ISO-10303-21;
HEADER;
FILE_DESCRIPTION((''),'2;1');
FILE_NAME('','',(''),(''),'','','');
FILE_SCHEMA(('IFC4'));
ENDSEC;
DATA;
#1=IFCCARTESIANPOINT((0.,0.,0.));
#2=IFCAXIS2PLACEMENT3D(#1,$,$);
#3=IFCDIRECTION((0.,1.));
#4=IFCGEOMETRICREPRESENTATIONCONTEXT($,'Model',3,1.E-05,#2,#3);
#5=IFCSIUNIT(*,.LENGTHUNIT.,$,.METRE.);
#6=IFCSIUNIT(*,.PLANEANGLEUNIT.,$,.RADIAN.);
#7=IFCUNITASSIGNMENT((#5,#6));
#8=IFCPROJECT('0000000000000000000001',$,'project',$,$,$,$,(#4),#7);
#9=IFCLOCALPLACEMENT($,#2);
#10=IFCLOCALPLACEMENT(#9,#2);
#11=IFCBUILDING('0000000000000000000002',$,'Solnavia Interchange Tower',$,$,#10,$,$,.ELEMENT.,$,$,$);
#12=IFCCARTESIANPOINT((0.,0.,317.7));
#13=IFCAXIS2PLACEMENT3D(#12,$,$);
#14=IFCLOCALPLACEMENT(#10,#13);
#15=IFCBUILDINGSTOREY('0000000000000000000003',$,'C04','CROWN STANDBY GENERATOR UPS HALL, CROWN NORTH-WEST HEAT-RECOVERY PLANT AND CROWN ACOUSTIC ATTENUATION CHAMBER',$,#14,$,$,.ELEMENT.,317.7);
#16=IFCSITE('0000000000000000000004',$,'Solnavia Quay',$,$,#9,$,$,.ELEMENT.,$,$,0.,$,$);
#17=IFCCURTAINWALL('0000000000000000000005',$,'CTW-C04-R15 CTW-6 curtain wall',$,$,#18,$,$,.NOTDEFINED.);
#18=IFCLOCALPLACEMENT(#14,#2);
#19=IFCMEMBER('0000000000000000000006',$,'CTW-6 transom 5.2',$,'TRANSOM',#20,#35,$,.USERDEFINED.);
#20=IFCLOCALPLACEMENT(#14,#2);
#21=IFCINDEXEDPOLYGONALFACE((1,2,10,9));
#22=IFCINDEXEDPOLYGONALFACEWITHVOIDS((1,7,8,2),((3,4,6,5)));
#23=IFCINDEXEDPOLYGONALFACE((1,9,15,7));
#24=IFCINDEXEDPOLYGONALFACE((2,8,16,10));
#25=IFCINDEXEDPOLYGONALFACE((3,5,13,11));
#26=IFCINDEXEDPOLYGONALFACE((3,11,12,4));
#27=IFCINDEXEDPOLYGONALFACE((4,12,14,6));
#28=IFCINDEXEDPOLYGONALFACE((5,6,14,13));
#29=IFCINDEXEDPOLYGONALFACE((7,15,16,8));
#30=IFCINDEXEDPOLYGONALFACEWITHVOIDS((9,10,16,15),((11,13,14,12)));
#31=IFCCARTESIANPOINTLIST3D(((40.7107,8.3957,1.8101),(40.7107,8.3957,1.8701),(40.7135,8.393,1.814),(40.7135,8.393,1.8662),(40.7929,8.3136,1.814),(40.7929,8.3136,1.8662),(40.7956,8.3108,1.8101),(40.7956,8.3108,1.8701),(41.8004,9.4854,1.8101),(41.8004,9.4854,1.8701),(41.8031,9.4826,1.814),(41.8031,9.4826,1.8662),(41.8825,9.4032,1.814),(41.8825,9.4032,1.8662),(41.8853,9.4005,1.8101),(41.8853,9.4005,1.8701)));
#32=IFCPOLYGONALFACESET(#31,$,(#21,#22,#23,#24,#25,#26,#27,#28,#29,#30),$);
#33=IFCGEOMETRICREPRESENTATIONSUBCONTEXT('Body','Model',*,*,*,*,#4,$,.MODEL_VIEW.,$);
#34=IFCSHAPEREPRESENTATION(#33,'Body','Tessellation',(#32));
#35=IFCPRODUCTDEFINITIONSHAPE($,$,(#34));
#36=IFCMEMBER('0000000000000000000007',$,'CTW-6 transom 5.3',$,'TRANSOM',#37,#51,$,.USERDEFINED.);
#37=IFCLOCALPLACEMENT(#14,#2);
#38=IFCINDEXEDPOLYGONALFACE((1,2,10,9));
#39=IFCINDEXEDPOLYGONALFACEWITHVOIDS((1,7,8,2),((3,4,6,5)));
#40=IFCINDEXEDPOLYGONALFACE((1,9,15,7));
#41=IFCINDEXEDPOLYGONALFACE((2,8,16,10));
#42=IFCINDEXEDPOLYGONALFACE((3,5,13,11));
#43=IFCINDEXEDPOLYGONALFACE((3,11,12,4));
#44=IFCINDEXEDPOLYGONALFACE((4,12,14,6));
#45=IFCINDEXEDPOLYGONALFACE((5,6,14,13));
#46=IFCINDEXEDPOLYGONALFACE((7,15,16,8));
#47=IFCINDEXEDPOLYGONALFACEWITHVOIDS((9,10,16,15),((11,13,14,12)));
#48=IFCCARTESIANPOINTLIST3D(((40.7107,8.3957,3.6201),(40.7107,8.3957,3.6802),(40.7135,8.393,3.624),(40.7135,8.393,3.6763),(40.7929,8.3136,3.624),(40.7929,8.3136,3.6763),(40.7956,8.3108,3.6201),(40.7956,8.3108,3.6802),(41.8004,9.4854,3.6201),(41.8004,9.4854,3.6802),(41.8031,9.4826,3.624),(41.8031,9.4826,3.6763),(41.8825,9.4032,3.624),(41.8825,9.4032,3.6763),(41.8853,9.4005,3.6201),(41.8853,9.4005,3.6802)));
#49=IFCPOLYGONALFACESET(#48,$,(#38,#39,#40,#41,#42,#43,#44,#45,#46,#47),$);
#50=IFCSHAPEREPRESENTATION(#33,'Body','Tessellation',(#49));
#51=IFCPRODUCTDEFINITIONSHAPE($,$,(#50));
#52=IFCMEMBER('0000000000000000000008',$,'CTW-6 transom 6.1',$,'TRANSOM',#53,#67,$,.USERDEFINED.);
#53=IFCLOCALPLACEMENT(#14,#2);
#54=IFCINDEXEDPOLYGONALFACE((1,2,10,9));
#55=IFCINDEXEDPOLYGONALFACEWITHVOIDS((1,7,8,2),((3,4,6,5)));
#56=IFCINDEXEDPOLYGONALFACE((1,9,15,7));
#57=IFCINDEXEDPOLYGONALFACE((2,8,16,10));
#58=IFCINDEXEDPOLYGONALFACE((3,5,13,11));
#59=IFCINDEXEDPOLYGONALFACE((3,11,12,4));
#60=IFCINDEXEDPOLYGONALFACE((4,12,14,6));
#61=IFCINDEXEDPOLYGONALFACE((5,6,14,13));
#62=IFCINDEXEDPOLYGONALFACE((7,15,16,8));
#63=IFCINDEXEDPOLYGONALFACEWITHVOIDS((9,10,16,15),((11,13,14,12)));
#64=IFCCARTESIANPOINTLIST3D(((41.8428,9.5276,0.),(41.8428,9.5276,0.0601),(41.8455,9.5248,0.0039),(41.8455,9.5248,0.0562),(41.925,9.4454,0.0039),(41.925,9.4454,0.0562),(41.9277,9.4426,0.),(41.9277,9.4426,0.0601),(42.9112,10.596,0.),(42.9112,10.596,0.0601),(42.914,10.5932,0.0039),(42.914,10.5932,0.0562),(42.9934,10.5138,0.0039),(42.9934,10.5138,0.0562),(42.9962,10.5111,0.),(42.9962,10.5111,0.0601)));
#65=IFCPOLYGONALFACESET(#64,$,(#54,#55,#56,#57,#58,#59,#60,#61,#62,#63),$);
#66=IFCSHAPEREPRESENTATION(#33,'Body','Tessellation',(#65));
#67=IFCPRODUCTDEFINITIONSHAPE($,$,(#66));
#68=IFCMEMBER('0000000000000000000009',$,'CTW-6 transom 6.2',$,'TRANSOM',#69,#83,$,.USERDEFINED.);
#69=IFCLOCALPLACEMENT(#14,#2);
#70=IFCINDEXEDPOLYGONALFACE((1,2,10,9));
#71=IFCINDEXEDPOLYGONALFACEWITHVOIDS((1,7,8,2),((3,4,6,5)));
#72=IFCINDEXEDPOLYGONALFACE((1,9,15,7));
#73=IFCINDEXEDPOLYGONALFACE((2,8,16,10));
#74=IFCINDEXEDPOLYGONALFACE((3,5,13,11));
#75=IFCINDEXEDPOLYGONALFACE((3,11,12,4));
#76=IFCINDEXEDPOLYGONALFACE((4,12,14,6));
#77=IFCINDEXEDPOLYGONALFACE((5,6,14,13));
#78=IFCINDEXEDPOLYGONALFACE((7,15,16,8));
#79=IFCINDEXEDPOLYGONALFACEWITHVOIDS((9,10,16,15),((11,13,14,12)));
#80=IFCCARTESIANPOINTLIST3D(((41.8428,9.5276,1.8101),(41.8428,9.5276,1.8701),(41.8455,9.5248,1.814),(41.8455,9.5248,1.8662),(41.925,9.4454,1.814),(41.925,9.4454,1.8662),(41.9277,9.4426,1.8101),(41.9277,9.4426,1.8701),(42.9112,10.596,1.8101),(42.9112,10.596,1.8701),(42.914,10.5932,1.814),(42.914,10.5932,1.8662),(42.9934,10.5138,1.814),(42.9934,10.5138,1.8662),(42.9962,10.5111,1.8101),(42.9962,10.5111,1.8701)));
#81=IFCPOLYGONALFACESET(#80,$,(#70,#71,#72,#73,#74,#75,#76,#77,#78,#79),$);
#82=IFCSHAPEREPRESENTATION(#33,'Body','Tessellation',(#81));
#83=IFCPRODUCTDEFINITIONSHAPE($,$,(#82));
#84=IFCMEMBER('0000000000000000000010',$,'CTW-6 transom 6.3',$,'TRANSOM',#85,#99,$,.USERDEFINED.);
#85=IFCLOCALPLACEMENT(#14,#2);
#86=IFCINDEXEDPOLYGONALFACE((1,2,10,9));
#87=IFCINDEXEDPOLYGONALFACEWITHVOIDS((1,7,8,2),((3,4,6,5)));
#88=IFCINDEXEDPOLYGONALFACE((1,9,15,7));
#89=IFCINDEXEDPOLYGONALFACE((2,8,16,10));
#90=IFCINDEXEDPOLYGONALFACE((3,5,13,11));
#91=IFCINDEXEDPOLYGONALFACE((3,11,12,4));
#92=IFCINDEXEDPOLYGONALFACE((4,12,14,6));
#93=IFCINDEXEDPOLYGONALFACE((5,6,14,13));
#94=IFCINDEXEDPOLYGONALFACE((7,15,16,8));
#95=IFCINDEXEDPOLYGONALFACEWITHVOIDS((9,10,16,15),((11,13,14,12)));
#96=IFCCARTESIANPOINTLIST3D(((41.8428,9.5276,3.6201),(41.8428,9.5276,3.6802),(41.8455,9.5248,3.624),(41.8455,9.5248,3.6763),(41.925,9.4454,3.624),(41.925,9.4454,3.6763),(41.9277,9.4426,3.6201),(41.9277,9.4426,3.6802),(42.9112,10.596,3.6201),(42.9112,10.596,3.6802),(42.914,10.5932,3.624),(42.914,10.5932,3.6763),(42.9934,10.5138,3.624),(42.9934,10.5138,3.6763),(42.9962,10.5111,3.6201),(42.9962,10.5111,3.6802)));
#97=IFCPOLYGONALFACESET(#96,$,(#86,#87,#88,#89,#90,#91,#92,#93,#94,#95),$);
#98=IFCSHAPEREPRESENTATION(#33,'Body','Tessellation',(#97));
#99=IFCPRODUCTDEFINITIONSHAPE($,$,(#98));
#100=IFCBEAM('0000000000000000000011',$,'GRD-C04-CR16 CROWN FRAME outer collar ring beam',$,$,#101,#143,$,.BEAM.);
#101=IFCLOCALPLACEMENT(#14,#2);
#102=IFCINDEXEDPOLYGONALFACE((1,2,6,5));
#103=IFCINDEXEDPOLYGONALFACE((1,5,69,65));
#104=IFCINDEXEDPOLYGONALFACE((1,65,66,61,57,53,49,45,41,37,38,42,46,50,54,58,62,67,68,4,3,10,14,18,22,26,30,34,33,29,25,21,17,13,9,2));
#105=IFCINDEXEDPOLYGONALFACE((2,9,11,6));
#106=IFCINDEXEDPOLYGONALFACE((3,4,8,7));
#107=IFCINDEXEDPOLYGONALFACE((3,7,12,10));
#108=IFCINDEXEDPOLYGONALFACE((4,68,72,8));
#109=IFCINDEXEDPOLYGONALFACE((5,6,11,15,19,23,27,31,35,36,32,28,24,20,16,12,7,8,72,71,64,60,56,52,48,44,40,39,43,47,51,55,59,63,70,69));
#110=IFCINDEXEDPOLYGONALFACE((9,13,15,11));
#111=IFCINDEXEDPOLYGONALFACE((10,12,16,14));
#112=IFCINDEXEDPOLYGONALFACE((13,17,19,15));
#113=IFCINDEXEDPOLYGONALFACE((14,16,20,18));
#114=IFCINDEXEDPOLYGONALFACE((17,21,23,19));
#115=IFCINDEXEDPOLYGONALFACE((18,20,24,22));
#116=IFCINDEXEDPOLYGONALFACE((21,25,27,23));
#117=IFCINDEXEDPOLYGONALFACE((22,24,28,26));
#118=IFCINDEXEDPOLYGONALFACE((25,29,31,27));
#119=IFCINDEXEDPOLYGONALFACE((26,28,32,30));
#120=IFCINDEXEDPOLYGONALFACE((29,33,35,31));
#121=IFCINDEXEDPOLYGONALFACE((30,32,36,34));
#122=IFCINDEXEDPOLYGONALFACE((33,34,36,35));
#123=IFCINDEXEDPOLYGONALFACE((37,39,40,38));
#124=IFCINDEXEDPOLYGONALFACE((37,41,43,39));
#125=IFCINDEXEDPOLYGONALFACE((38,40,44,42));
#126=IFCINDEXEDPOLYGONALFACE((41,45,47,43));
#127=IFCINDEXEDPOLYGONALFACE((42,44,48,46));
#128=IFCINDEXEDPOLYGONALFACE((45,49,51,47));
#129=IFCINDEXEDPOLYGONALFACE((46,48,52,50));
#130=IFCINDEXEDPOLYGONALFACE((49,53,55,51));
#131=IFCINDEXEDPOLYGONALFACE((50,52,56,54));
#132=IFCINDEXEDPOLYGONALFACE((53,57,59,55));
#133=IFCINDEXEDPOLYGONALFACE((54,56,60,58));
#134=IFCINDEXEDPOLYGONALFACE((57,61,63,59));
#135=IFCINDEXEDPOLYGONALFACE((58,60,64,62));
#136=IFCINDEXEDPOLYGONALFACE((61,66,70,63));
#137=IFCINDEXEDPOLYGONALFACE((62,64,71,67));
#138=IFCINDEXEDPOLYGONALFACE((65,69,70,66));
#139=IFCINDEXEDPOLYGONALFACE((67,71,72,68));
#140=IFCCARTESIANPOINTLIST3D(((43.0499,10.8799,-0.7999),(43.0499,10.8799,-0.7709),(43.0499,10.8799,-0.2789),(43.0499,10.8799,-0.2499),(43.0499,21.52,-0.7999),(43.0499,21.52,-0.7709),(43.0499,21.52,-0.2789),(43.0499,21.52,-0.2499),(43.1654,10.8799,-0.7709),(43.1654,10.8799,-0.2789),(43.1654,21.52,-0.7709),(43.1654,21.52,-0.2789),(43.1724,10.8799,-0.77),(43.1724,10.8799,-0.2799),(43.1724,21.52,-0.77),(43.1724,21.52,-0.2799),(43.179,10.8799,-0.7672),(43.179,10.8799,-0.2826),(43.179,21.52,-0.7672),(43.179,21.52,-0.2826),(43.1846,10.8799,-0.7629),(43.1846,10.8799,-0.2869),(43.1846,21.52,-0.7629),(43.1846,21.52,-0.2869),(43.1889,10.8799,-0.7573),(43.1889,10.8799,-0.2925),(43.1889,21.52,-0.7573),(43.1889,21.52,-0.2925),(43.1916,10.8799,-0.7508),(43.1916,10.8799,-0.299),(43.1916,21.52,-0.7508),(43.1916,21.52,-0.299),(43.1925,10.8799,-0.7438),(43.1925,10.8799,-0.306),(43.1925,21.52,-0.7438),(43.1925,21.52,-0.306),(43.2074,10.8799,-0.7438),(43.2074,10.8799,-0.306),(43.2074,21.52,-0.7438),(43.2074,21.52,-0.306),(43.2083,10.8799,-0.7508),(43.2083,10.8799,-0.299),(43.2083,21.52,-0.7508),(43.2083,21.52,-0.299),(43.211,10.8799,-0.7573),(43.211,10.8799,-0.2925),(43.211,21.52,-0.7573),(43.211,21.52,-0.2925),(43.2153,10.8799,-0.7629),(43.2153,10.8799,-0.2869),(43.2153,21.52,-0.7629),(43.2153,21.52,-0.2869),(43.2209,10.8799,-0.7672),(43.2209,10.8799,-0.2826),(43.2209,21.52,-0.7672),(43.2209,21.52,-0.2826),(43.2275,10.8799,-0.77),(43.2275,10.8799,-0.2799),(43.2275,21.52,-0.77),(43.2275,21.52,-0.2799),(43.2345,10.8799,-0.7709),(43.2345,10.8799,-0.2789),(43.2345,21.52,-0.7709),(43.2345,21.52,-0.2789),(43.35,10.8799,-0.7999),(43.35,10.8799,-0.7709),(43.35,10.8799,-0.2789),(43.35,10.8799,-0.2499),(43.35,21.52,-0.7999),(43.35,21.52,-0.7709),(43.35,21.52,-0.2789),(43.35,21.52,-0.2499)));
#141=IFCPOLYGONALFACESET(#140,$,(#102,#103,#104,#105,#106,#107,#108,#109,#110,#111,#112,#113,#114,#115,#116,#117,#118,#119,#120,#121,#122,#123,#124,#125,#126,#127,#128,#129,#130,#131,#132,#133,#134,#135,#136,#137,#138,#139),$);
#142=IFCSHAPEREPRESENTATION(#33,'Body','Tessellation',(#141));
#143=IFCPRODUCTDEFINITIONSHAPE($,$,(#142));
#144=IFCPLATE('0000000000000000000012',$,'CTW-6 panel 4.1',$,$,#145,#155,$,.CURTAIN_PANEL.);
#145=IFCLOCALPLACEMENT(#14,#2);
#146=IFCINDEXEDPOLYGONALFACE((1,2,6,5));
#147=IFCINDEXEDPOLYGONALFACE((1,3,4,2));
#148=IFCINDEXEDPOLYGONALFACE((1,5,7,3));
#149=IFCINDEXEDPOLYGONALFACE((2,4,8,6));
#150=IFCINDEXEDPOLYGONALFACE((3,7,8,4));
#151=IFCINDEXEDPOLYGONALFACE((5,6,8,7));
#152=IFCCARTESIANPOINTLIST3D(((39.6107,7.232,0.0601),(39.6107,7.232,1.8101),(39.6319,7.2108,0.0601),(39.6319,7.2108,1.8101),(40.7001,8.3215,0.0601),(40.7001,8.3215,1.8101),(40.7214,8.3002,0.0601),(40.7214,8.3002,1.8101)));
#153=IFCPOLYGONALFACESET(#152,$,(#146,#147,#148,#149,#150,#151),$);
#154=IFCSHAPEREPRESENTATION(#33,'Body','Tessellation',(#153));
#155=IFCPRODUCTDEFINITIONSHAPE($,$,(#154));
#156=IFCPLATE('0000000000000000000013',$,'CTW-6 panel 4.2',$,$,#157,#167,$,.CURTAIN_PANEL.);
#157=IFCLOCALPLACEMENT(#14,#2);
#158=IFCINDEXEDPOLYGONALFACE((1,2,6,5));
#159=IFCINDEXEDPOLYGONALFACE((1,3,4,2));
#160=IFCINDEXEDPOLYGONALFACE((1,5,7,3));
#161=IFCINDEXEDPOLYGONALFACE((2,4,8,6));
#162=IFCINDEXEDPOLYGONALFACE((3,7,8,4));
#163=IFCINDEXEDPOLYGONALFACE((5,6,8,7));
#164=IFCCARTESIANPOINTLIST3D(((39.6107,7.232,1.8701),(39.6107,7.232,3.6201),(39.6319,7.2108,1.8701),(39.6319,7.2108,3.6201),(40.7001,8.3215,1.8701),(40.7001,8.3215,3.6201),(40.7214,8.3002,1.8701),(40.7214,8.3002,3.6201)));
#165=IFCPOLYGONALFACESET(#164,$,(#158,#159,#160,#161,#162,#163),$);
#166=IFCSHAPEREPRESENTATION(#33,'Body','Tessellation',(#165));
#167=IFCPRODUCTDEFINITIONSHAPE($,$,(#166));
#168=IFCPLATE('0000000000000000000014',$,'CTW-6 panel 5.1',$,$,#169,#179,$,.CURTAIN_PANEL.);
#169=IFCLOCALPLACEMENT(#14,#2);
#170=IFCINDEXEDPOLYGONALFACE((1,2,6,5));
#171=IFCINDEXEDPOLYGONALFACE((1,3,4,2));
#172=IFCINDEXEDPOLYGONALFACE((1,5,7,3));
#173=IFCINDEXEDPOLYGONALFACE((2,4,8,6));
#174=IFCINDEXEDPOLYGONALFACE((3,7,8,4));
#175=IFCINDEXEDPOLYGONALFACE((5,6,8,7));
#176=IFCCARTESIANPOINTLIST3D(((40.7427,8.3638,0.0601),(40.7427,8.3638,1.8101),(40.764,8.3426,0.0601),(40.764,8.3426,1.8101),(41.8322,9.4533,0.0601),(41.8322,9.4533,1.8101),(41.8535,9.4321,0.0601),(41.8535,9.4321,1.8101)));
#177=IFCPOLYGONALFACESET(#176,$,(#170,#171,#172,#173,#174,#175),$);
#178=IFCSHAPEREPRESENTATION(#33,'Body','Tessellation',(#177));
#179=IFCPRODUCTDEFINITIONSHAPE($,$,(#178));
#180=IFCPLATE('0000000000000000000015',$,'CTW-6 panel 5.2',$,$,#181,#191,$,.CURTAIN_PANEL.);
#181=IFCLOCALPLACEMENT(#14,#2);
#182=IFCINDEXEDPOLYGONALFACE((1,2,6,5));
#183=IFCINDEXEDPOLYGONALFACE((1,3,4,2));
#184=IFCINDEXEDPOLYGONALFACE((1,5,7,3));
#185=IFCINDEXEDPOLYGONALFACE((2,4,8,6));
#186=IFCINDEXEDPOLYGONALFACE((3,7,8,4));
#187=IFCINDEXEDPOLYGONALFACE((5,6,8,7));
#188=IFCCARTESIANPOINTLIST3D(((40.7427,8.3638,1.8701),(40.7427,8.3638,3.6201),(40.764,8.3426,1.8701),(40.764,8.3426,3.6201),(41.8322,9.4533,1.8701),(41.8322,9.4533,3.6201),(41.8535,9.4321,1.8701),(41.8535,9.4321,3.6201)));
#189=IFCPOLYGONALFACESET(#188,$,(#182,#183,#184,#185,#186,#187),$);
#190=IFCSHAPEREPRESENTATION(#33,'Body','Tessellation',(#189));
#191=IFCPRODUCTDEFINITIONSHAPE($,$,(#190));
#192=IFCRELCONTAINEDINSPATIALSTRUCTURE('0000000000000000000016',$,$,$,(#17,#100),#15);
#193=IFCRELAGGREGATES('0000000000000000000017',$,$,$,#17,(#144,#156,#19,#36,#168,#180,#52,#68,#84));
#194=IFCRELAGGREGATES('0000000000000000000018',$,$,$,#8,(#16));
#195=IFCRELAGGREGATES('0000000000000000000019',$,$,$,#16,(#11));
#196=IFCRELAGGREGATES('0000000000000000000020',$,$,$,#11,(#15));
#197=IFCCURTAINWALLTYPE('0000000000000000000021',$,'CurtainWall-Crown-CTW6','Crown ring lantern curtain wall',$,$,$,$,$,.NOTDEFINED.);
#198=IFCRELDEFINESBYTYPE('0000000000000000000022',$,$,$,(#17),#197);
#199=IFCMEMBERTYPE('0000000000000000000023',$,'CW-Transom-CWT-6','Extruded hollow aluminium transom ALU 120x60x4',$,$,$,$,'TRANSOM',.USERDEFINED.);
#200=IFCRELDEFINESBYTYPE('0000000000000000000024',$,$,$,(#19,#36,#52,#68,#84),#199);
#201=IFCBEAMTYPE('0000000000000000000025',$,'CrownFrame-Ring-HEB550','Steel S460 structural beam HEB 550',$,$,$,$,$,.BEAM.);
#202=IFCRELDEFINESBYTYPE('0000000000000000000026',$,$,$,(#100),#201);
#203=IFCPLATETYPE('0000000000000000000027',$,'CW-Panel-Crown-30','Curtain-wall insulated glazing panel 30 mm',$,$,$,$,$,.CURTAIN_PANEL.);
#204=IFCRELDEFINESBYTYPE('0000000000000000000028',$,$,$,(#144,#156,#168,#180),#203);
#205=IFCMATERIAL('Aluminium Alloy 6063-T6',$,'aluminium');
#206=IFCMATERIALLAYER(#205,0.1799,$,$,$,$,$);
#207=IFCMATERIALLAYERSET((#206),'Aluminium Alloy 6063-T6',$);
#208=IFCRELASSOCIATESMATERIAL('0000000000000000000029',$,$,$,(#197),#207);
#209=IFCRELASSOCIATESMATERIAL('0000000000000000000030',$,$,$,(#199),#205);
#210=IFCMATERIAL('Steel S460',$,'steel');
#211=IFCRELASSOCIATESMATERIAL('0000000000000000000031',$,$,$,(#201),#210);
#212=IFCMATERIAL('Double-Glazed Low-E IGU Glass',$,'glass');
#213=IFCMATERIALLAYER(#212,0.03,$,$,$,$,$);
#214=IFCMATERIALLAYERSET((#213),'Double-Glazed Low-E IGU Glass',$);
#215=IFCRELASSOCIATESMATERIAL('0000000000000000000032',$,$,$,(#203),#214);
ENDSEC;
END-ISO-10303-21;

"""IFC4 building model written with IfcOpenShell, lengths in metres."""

from ifc_helpers import new_model, si_unit, direction, frame, origin, origin_2d, place, context, subcontext, project, spatial, rectangle, hollow_rectangle, i_section, extrude, material, layer, layer_set, material_profile, profile_set, type_object, element, aggregate, save


model = new_model("IFC4")

# Units and contexts
model_context = context("Model", 3, precision=1e-05, world=origin(), true_north=direction((0.0, 1.0)))
body_context = subcontext(model_context, "Body", "Model", "MODEL_VIEW")
ifc_project = project(units=[si_unit("LENGTHUNIT", "METRE"), si_unit("PLANEANGLEUNIT", "RADIAN")], contexts=[model_context])

# Site, building, storey
site_placement = place(None, origin())
site = spatial("IfcSite", under=ifc_project, at=site_placement, Name="Solnavia Quay", CompositionType="ELEMENT", RefElevation=0.0)
building_placement = place(site_placement, origin())
building = spatial("IfcBuilding", under=site, at=building_placement, Name="Solnavia Interchange Tower", CompositionType="ELEMENT")
storey_placement = place(building_placement, frame((0.0, 0.0, 317.7)))
storey = spatial("IfcBuildingStorey", under=building, at=storey_placement, Name="C04", Description="CROWN STANDBY GENERATOR UPS HALL, CROWN NORTH-WEST HEAT-RECOVERY PLANT AND CROWN ACOUSTIC ATTENUATION CHAMBER", CompositionType="ELEMENT", Elevation=317.7)

# Shared definitions
ifc_material_1 = material(Name="Steel S460", Category="steel")

# Curtain wall, members
ifc_material_2 = material(Name="Aluminium Alloy 6063-T6", Category="aluminium")
ifc_layer_1 = layer(ifc_material_2, 0.1799)
ifc_layer_set_1 = layer_set([ifc_layer_1], Name="Aluminium Alloy 6063-T6")
curtain_wall_type = type_object("IfcCurtainWallType", Name="CurtainWall-Crown-CTW6", Description="Crown ring lantern curtain wall", PredefinedType="NOTDEFINED", material=ifc_layer_set_1)
curtain_wall_placement = place(storey_placement, origin())
curtain_wall = element("IfcCurtainWall", 1, at=curtain_wall_placement, inside=storey, type_object=curtain_wall_type, Name="CTW-C04-R15 CTW-6 curtain wall", PredefinedType="NOTDEFINED")
ifc_material_profile_1 = material_profile(ifc_material_2, hollow_rectangle(XDim=0.0601, YDim=0.1201, WallThickness=0.0039, at=origin_2d()), Name="ALU 120x60x4")
ifc_profile_set_1 = profile_set([ifc_material_profile_1], Name="Aluminium Alloy 6063-T6")
member_type_1 = type_object("IfcMemberType", Name="CW-Transom-CWT-6", Description="Extruded hollow aluminium transom ALU 120x60x4", ElementType="TRANSOM", PredefinedType="USERDEFINED", material=ifc_profile_set_1)
member_1_placement = place(storey_placement, frame((40.7532, 8.3533, 1.8401), z_axis=(0.707107, 0.707107, 0.0), x_axis=(0.0, 0.0, 1.0)))
member_1 = element("IfcMember", 2, at=member_1_placement, type_object=member_type_1, Name="CTW-6 transom 5.2", ObjectType="TRANSOM", PredefinedType="USERDEFINED", context=body_context, shape_type="SweptSolid", body=[
    extrude(hollow_rectangle(XDim=0.0601, YDim=0.1201, WallThickness=0.0039, at=origin_2d()), origin(), (0.0, 0.0, 1.0), 1.541),
])
member_2_placement = place(storey_placement, frame((40.7532, 8.3533, 3.6501), z_axis=(0.707107, 0.707107, 0.0), x_axis=(0.0, 0.0, 1.0)))
member_2 = element("IfcMember", 3, at=member_2_placement, type_object=member_type_1, Name="CTW-6 transom 5.3", ObjectType="TRANSOM", PredefinedType="USERDEFINED", context=body_context, shape_type="SweptSolid", body=[
    extrude(hollow_rectangle(XDim=0.0601, YDim=0.1201, WallThickness=0.0039, at=origin_2d()), origin(), (0.0, 0.0, 1.0), 1.541),
])
member_3_placement = place(storey_placement, frame((41.8853, 9.4851, 0.03), z_axis=(0.707107, 0.707107, 0.0), x_axis=(0.0, 0.0, 1.0)))
member_3 = element("IfcMember", 4, at=member_3_placement, type_object=member_type_1, Name="CTW-6 transom 6.1", ObjectType="TRANSOM", PredefinedType="USERDEFINED", context=body_context, shape_type="SweptSolid", body=[
    extrude(hollow_rectangle(XDim=0.0601, YDim=0.1201, WallThickness=0.0039, at=origin_2d()), origin(), (0.0, 0.0, 1.0), 1.511),
])
member_4_placement = place(storey_placement, frame((41.8853, 9.4851, 1.8401), z_axis=(0.707107, 0.707107, 0.0), x_axis=(0.0, 0.0, 1.0)))
member_4 = element("IfcMember", 5, at=member_4_placement, type_object=member_type_1, Name="CTW-6 transom 6.2", ObjectType="TRANSOM", PredefinedType="USERDEFINED", context=body_context, shape_type="SweptSolid", body=[
    extrude(hollow_rectangle(XDim=0.0601, YDim=0.1201, WallThickness=0.0039, at=origin_2d()), origin(), (0.0, 0.0, 1.0), 1.511),
])
member_5_placement = place(storey_placement, frame((41.8853, 9.4851, 3.6501), z_axis=(0.707107, 0.707107, 0.0), x_axis=(0.0, 0.0, 1.0)))
member_5 = element("IfcMember", 6, at=member_5_placement, type_object=member_type_1, Name="CTW-6 transom 6.3", ObjectType="TRANSOM", PredefinedType="USERDEFINED", context=body_context, shape_type="SweptSolid", body=[
    extrude(hollow_rectangle(XDim=0.0601, YDim=0.1201, WallThickness=0.0039, at=origin_2d()), origin(), (0.0, 0.0, 1.0), 1.511),
])

# Beam
ifc_material_profile_2 = material_profile(ifc_material_1, i_section(OverallWidth=0.3, OverallDepth=0.55, WebThickness=0.0149, FlangeThickness=0.0291, FilletRadius=0.0271, at=origin_2d()), Name="HEB 550")
ifc_profile_set_2 = profile_set([ifc_material_profile_2], Name="Steel S460")
beam_type = type_object("IfcBeamType", Name="CrownFrame-Ring-HEB550", Description="Steel S460 structural beam HEB 550", PredefinedType="BEAM", material=ifc_profile_set_2)
beam_placement = place(storey_placement, frame((43.2, 10.8799, -0.5249), z_axis=(0.0, 1.0, 0.0), x_axis=(-1.0, 0.0, 0.0)))
element("IfcBeam", 7, at=beam_placement, inside=storey, type_object=beam_type, Name="GRD-C04-CR16 CROWN FRAME outer collar ring beam", PredefinedType="BEAM", context=body_context, shape_type="SweptSolid", body=[
    extrude(i_section(OverallWidth=0.3, OverallDepth=0.55, WebThickness=0.0149, FlangeThickness=0.0291, FilletRadius=0.0271, at=origin_2d()), origin(), (0.0, 0.0, 1.0), 10.6401),
])

# Plates
ifc_material_3 = material(Name="Double-Glazed Low-E IGU Glass", Category="glass")
ifc_layer_2 = layer(ifc_material_3, 0.03)
ifc_layer_set_2 = layer_set([ifc_layer_2], Name="Double-Glazed Low-E IGU Glass")
plate_type_1 = type_object("IfcPlateType", Name="CW-Panel-Crown-30", Description="Curtain-wall insulated glazing panel 30 mm", PredefinedType="CURTAIN_PANEL", material=ifc_layer_set_2)
plate_1_placement = place(storey_placement, frame((40.166, 7.7661, 0.0601), z_axis=(0.0, 0.0, 1.0), x_axis=(0.707107, 0.707107, 0.0)))
plate_1 = element("IfcPlate", 8, at=plate_1_placement, type_object=plate_type_1, Name="CTW-6 panel 4.1", PredefinedType="CURTAIN_PANEL", context=body_context, shape_type="SweptSolid", body=[
    extrude(rectangle(XDim=1.5408, YDim=0.03, at=origin_2d()), origin(), (0.0, 0.0, 1.0), 1.75),
])
plate_2_placement = place(storey_placement, frame((40.166, 7.7661, 1.8701), z_axis=(0.0, 0.0, 1.0), x_axis=(0.707107, 0.707107, 0.0)))
plate_2 = element("IfcPlate", 9, at=plate_2_placement, type_object=plate_type_1, Name="CTW-6 panel 4.2", PredefinedType="CURTAIN_PANEL", context=body_context, shape_type="SweptSolid", body=[
    extrude(rectangle(XDim=1.5408, YDim=0.03, at=origin_2d()), origin(), (0.0, 0.0, 1.0), 1.75),
])
plate_3_placement = place(storey_placement, frame((41.2981, 8.8979, 0.0601), z_axis=(0.0, 0.0, 1.0), x_axis=(0.707107, 0.707107, 0.0)))
plate_3 = element("IfcPlate", 10, at=plate_3_placement, type_object=plate_type_1, Name="CTW-6 panel 5.1", PredefinedType="CURTAIN_PANEL", context=body_context, shape_type="SweptSolid", body=[
    extrude(rectangle(XDim=1.5408, YDim=0.03, at=origin_2d()), origin(), (0.0, 0.0, 1.0), 1.75),
])
plate_4_placement = place(storey_placement, frame((41.2981, 8.8979, 1.8701), z_axis=(0.0, 0.0, 1.0), x_axis=(0.707107, 0.707107, 0.0)))
plate_4 = element("IfcPlate", 11, at=plate_4_placement, type_object=plate_type_1, Name="CTW-6 panel 5.2", PredefinedType="CURTAIN_PANEL", context=body_context, shape_type="SweptSolid", body=[
    extrude(rectangle(XDim=1.5408, YDim=0.03, at=origin_2d()), origin(), (0.0, 0.0, 1.0), 1.75),
])
aggregate(curtain_wall, [plate_1, plate_2, member_1, member_2, plate_3, plate_4, member_3, member_4, member_5])

save(model, "model.ifc")
